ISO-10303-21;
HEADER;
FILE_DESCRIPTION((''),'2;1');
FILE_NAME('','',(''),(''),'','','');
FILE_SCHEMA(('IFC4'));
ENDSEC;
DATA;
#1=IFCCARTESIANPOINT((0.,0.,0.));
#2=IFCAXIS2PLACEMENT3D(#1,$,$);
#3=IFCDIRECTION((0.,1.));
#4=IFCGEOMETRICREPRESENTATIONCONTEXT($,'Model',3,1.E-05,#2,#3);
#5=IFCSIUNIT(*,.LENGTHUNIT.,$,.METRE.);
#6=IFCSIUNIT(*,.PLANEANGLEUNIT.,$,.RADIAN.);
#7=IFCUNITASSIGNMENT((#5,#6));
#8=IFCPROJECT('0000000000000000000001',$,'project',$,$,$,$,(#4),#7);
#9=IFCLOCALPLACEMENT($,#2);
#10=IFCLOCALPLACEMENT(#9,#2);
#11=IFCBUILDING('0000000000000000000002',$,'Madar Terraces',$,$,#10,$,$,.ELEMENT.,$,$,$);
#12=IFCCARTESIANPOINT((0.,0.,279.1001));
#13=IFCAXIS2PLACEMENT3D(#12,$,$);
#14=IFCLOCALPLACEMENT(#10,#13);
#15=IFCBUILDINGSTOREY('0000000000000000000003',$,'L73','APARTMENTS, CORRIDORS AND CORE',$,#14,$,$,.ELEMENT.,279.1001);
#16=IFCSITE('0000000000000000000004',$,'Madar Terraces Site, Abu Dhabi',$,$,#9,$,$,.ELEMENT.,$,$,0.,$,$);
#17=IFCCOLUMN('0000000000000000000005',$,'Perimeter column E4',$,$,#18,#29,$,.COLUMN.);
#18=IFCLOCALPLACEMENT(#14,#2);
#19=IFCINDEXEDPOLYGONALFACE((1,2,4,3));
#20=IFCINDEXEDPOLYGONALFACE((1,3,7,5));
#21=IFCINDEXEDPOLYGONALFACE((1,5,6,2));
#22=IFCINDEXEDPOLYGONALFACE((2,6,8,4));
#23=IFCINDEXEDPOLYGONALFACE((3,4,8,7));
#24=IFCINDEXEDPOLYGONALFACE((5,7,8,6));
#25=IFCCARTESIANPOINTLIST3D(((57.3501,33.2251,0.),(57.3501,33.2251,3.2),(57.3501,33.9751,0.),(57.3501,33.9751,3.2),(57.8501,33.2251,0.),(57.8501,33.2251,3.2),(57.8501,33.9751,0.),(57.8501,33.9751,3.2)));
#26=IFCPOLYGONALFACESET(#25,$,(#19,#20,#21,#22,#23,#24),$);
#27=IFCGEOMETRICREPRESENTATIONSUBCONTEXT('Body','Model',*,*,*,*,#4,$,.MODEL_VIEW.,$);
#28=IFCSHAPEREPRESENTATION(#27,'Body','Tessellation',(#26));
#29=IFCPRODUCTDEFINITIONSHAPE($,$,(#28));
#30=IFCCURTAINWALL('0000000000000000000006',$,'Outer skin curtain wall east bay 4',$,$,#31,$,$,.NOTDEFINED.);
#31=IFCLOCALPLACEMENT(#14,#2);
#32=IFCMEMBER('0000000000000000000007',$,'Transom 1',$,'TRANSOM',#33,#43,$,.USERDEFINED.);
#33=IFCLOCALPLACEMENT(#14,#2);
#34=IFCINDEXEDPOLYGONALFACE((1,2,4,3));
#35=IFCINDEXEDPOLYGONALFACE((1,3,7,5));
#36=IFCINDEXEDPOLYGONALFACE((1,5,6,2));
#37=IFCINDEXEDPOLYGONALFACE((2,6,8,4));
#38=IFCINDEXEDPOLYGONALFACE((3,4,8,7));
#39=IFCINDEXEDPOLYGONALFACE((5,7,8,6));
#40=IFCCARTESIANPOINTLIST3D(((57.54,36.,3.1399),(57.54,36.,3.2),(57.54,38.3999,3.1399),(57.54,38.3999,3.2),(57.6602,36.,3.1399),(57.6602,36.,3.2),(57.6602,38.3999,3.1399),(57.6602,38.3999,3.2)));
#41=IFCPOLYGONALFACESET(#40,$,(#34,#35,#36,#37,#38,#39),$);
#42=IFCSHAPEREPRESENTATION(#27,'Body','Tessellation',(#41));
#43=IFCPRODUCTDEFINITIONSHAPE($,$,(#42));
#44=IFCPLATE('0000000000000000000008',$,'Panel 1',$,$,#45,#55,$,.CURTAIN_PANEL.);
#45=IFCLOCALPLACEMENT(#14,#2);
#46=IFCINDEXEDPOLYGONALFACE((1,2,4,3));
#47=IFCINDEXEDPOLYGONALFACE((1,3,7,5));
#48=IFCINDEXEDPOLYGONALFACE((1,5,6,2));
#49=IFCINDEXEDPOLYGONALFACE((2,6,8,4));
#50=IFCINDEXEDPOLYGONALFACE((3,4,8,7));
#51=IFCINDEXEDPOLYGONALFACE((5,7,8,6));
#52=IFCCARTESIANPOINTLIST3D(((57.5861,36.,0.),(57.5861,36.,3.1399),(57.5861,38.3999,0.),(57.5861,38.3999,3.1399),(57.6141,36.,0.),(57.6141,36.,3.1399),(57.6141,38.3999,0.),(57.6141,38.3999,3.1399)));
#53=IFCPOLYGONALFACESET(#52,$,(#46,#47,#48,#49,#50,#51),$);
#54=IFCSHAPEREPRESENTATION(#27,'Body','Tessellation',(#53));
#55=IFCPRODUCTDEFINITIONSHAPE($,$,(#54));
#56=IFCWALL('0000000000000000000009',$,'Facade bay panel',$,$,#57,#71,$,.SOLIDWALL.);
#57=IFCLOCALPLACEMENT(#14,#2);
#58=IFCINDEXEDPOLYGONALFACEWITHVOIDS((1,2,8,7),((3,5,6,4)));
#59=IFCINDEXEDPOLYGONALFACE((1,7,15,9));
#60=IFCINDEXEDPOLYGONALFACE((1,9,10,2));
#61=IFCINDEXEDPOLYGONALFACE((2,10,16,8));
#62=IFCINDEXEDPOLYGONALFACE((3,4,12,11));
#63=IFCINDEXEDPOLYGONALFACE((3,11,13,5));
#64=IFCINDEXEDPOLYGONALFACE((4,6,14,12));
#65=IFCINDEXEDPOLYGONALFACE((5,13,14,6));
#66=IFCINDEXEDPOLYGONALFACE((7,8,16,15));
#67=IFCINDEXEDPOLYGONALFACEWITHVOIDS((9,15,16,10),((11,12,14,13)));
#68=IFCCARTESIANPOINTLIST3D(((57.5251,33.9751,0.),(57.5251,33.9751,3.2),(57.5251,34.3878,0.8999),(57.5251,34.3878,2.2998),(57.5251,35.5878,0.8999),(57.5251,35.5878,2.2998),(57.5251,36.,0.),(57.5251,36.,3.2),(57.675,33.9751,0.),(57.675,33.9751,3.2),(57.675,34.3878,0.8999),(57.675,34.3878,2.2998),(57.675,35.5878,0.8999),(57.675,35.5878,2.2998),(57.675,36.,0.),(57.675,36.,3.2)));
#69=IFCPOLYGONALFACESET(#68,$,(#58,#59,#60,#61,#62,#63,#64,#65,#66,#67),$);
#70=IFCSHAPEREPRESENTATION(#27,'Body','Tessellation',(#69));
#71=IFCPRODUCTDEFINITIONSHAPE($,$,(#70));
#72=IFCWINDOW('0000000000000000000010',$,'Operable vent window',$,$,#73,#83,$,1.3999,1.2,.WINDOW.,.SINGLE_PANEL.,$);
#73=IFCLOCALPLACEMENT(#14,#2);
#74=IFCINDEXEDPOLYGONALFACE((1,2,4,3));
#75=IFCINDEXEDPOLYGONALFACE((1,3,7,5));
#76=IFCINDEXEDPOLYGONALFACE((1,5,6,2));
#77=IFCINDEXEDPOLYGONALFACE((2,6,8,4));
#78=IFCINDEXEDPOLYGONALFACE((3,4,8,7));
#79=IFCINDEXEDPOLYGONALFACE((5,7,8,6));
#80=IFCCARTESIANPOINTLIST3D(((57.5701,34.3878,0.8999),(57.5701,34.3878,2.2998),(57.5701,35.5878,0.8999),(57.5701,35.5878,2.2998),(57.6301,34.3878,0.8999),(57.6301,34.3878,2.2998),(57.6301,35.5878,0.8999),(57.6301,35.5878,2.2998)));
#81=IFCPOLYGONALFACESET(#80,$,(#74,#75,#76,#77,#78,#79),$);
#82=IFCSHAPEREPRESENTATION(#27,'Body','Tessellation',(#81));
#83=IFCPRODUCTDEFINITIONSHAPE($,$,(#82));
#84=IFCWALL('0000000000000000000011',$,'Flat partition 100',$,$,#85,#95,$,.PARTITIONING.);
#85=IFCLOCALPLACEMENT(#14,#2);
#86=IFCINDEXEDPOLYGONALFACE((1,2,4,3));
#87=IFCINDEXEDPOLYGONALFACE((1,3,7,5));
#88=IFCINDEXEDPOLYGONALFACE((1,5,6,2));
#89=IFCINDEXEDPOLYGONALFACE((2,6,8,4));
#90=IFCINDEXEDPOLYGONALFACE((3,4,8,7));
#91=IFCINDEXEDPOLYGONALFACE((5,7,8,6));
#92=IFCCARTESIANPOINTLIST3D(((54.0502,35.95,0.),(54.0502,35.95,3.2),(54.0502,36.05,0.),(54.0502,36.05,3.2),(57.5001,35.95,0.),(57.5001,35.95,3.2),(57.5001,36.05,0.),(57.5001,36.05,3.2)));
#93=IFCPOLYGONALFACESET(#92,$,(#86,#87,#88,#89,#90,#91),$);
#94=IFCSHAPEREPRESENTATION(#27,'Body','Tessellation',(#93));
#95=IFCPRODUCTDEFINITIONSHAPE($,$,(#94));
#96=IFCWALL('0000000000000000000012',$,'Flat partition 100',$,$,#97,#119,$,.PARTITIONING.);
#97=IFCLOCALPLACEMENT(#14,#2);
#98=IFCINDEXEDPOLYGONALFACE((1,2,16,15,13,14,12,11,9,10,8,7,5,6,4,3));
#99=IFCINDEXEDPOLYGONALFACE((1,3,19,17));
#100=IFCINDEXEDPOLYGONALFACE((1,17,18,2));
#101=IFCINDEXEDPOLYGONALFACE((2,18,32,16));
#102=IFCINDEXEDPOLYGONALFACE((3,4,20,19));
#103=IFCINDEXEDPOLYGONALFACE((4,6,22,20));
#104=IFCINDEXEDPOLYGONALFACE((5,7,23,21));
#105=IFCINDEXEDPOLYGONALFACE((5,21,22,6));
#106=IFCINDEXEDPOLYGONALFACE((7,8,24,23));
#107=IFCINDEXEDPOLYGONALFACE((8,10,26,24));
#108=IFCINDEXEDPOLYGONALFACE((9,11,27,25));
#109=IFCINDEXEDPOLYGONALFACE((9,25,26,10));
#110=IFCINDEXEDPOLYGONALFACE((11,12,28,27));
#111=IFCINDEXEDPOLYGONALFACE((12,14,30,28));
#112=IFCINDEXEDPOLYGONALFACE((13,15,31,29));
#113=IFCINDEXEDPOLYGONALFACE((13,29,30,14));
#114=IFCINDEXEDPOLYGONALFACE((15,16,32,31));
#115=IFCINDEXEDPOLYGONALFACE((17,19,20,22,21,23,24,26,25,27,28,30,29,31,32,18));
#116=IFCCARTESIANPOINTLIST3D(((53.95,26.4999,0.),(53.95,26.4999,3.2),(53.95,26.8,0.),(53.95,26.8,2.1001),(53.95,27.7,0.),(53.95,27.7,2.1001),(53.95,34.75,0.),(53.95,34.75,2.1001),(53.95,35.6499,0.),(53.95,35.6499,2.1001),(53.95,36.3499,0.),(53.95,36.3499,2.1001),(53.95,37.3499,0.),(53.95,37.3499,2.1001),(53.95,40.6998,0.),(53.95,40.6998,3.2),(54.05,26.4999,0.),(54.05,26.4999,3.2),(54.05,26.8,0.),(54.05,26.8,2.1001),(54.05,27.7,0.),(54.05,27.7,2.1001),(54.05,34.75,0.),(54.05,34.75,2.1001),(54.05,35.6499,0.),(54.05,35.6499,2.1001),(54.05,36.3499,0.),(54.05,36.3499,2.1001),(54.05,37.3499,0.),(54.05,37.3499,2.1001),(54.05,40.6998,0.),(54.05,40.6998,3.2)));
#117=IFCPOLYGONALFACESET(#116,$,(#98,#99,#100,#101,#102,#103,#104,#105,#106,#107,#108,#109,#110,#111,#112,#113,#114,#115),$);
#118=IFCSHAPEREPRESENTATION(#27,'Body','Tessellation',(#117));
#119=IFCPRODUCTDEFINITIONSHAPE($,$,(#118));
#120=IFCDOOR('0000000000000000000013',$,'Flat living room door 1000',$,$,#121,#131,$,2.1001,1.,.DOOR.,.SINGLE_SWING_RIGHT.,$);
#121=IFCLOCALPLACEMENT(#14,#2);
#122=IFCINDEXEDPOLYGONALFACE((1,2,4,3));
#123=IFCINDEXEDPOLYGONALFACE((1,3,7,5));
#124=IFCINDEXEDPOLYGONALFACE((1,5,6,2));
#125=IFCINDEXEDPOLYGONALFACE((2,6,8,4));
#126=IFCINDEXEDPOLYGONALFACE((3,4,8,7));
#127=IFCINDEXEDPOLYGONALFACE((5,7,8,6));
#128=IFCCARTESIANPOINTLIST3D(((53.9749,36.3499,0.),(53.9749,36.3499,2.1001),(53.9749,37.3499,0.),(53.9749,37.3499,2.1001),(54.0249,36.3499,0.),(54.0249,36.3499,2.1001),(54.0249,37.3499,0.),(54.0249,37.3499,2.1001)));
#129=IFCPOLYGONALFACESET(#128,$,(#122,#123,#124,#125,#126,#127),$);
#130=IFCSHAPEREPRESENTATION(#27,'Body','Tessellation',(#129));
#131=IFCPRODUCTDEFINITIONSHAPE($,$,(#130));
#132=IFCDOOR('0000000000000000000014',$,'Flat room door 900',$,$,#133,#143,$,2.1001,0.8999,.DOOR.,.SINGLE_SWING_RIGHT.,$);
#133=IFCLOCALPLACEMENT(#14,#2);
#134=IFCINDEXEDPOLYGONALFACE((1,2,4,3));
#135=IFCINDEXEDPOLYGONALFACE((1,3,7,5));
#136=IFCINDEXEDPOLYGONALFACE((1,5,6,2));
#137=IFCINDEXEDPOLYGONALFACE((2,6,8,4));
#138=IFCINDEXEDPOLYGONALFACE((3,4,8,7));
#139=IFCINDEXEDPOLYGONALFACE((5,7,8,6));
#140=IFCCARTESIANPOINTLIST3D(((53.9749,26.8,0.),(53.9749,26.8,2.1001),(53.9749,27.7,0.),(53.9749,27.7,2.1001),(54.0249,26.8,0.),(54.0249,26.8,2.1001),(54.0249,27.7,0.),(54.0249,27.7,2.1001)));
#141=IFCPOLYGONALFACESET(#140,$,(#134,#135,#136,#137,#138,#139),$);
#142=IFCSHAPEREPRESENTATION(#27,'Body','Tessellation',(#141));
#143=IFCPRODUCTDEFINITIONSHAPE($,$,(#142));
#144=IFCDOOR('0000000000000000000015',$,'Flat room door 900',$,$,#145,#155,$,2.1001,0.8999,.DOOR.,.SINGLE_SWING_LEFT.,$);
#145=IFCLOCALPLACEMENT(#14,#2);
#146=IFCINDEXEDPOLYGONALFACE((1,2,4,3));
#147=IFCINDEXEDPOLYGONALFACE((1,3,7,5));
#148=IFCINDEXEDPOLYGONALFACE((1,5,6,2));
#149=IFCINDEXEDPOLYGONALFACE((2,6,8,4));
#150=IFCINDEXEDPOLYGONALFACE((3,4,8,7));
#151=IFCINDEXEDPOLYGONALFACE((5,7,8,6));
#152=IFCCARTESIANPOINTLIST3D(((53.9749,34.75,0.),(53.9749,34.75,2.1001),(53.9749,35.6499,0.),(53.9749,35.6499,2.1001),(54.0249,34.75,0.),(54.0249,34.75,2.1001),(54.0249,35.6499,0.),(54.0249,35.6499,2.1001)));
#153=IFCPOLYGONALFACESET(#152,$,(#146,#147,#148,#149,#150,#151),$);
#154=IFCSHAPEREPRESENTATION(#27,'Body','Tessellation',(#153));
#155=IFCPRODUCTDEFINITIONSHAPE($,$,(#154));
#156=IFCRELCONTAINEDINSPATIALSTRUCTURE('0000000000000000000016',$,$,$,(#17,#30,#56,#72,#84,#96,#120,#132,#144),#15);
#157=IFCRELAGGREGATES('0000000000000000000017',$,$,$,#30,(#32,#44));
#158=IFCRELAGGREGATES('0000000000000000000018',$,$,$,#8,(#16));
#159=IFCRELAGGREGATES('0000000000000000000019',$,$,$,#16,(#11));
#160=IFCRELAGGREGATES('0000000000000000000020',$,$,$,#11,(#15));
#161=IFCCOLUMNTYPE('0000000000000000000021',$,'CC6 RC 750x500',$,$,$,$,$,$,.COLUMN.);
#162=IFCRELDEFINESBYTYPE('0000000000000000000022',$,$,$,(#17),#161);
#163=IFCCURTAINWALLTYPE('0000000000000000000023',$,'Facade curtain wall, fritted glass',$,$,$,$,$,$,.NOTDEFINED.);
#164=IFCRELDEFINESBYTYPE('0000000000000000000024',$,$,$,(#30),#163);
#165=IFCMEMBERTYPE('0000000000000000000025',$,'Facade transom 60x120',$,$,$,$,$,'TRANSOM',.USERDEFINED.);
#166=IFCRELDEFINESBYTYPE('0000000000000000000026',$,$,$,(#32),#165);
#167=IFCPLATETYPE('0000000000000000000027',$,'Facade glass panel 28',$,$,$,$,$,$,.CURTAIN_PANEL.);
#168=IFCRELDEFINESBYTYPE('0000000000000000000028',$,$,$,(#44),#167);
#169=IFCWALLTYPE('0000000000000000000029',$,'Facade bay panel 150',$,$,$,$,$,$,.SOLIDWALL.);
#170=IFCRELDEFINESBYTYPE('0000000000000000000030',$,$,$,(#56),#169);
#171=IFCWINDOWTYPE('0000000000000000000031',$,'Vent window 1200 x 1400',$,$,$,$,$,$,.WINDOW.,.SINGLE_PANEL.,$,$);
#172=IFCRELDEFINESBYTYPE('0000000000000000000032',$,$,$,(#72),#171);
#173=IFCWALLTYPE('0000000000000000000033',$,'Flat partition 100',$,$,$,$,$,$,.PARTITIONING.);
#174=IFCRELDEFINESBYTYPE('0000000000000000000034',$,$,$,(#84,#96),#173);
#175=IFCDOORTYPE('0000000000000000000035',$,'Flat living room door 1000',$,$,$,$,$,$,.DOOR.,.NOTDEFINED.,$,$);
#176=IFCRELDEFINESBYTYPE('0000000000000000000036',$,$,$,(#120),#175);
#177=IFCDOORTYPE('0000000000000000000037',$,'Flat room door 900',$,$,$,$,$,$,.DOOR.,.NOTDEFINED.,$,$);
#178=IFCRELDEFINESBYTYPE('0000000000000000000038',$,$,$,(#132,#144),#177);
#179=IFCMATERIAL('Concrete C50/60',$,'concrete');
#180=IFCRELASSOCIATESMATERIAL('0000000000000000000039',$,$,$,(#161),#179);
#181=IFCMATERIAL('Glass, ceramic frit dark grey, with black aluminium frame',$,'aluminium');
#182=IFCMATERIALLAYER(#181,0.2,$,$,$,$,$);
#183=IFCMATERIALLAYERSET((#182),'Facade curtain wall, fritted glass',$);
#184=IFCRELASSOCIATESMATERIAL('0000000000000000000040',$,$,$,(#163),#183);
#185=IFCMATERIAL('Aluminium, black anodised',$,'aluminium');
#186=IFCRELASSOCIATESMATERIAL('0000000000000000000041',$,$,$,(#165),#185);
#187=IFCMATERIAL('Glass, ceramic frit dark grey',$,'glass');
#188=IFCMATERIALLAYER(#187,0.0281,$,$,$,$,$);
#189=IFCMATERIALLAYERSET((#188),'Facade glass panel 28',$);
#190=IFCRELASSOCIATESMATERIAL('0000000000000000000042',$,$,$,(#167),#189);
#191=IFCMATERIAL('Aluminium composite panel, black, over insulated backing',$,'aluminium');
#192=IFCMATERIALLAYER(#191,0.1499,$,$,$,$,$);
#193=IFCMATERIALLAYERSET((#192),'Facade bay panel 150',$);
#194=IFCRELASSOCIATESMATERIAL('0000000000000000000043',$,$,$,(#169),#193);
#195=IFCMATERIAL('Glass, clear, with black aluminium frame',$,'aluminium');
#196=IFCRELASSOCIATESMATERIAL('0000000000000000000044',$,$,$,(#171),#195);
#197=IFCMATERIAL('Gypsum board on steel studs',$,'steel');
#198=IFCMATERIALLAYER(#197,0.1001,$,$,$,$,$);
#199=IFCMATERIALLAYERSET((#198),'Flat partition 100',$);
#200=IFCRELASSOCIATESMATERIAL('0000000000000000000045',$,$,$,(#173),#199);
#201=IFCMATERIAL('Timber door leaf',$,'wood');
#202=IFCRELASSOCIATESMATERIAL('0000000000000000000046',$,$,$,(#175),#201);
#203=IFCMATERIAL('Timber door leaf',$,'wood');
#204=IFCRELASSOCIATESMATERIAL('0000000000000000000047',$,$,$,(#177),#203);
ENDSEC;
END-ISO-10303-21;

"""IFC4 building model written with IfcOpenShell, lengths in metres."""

from ifc_helpers import new_model, si_unit, direction, frame, frame_2d, origin, origin_2d, place, context, subcontext, project, spatial, rectangle, extrude, material, layer, layer_set, material_profile, profile_set, type_object, element, fill, aggregate, save


model = new_model("IFC4")

# Units and contexts
model_context = context("Model", 3, precision=1e-05, world=origin(), true_north=direction((0.0, 1.0)))
body_context = subcontext(model_context, "Body", "Model", "MODEL_VIEW")
ifc_project = project(units=[si_unit("LENGTHUNIT", "METRE"), si_unit("PLANEANGLEUNIT", "RADIAN")], contexts=[model_context])

# Site, building, storey
site_placement = place(None, origin())
site = spatial("IfcSite", under=ifc_project, at=site_placement, Name="Madar Terraces Site, Abu Dhabi", CompositionType="ELEMENT", RefElevation=0.0)
building_placement = place(site_placement, origin())
building = spatial("IfcBuilding", under=site, at=building_placement, Name="Madar Terraces", CompositionType="ELEMENT")
storey_placement = place(building_placement, frame((0.0, 0.0, 279.1001)))
storey = spatial("IfcBuildingStorey", under=building, at=storey_placement, Name="L73", Description="APARTMENTS, CORRIDORS AND CORE", CompositionType="ELEMENT", Elevation=279.1001)

# Column
ifc_material_1 = material(Name="Concrete C50/60", Category="concrete")
ifc_material_profile_1 = material_profile(ifc_material_1, rectangle(XDim=0.75, YDim=0.5, at=origin_2d()), Name="CC6 RC 750x500")
ifc_profile_set_1 = profile_set([ifc_material_profile_1], Name="Concrete C50/60")
column_type = type_object("IfcColumnType", Name="CC6 RC 750x500", PredefinedType="COLUMN", material=ifc_profile_set_1)
column_placement = place(storey_placement, frame((57.6001, 33.6001, 0.0), z_axis=(0.0, 0.0, 1.0), x_axis=(0.0, 1.0, 0.0)))
element("IfcColumn", 1, at=column_placement, inside=storey, type_object=column_type, Name="Perimeter column E4", PredefinedType="COLUMN", context=body_context, shape_type="SweptSolid", body=[
    extrude(rectangle(XDim=0.75, YDim=0.5, at=origin_2d()), origin(), (0.0, 0.0, 1.0), 3.2),
])

# Curtain wall, member, plate
ifc_material_2 = material(Name="Glass, ceramic frit dark grey, with black aluminium frame", Category="aluminium")
ifc_layer_1 = layer(ifc_material_2, 0.2)
ifc_layer_set_1 = layer_set([ifc_layer_1], Name="Facade curtain wall, fritted glass")
curtain_wall_type = type_object("IfcCurtainWallType", Name="Facade curtain wall, fritted glass", PredefinedType="NOTDEFINED", material=ifc_layer_set_1)
curtain_wall_placement = place(storey_placement, origin())
curtain_wall = element("IfcCurtainWall", 2, at=curtain_wall_placement, inside=storey, type_object=curtain_wall_type, Name="Outer skin curtain wall east bay 4", PredefinedType="NOTDEFINED")
ifc_material_3 = material(Name="Aluminium, black anodised", Category="aluminium")
ifc_material_profile_2 = material_profile(ifc_material_3, rectangle(XDim=0.1201, YDim=0.0601, at=origin_2d()), Name="Facade transom 60x120")
ifc_profile_set_2 = profile_set([ifc_material_profile_2], Name="Aluminium, black anodised")
member_type = type_object("IfcMemberType", Name="Facade transom 60x120", ElementType="TRANSOM", PredefinedType="USERDEFINED", material=ifc_profile_set_2)
member_placement = place(storey_placement, frame((57.6001, 36.0, 3.1699), z_axis=(0.0, 1.0, 0.0), x_axis=(-1.0, 0.0, 0.0)))
member = element("IfcMember", 3, at=member_placement, type_object=member_type, Name="Transom 1", ObjectType="TRANSOM", PredefinedType="USERDEFINED", context=body_context, shape_type="SweptSolid", body=[
    extrude(rectangle(XDim=0.1201, YDim=0.0601, at=origin_2d()), origin(), (0.0, 0.0, 1.0), 2.3999),
])
ifc_material_4 = material(Name="Glass, ceramic frit dark grey", Category="glass")
ifc_layer_2 = layer(ifc_material_4, 0.0281)
ifc_layer_set_2 = layer_set([ifc_layer_2], Name="Facade glass panel 28")
plate_type = type_object("IfcPlateType", Name="Facade glass panel 28", PredefinedType="CURTAIN_PANEL", material=ifc_layer_set_2)
plate_placement = place(storey_placement, frame((57.6001, 37.2, 0.0), z_axis=(0.0, 0.0, 1.0), x_axis=(0.0, 1.0, 0.0)))
plate = element("IfcPlate", 4, at=plate_placement, type_object=plate_type, Name="Panel 1", PredefinedType="CURTAIN_PANEL", context=body_context, shape_type="SweptSolid", body=[
    extrude(rectangle(XDim=2.3999, YDim=0.0281, at=origin_2d()), origin(), (0.0, 0.0, 1.0), 3.1399),
])
aggregate(curtain_wall, [member, plate])

# Wall, opening, window
ifc_material_5 = material(Name="Aluminium composite panel, black, over insulated backing", Category="aluminium")
ifc_layer_3 = layer(ifc_material_5, 0.1499)
ifc_layer_set_3 = layer_set([ifc_layer_3], Name="Facade bay panel 150")
wall_type_1 = type_object("IfcWallType", Name="Facade bay panel 150", PredefinedType="SOLIDWALL", material=ifc_layer_set_3)
wall_1_placement = place(storey_placement, frame((57.6001, 33.9751, 0.0), z_axis=(0.0, 0.0, 1.0), x_axis=(0.0, 1.0, 0.0)))
wall_1 = element("IfcWall", 5, at=wall_1_placement, inside=storey, type_object=wall_type_1, Name="Facade bay panel", PredefinedType="SOLIDWALL", context=body_context, shape_type="SweptSolid", body=[
    extrude(rectangle(XDim=2.0249, YDim=0.1499, at=frame_2d((1.0125, 0.0))), origin(), (0.0, 0.0, 1.0), 3.2),
])
opening_1_placement = place(wall_1_placement, frame((0.4126, 0.0, 0.8999)))
opening_1 = element("IfcOpeningElement", 6, at=opening_1_placement, cuts=wall_1, PredefinedType="OPENING", context=body_context, shape_type="SweptSolid", body=[
    extrude(rectangle(XDim=1.2, YDim=1.3999, at=frame_2d((0.6001, 0.7))), frame((0.0, 0.085, 0.0), z_axis=(0.0, -1.0, 0.0), x_axis=(1.0, 0.0, 0.0)), (0.0, 0.0, 1.0), 0.1699),
])
ifc_material_6 = material(Name="Glass, clear, with black aluminium frame", Category="aluminium")
window_type = type_object("IfcWindowType", Name="Vent window 1200 x 1400", PartitioningType="SINGLE_PANEL", PredefinedType="WINDOW", material=ifc_material_6)
window_placement = place(opening_1_placement, origin())
window = element("IfcWindow", 7, at=window_placement, inside=storey, type_object=window_type, Name="Operable vent window", OverallHeight=1.3999, OverallWidth=1.2, PartitioningType="SINGLE_PANEL", PredefinedType="WINDOW", context=body_context, shape_type="SweptSolid", body=[
    extrude(rectangle(XDim=1.2, YDim=1.3999, at=frame_2d((0.6001, 0.7))), frame((0.0, 0.03, 0.0), z_axis=(0.0, -1.0, 0.0), x_axis=(1.0, 0.0, 0.0)), (0.0, 0.0, 1.0), 0.0601),
])
fill(opening_1, window)

# Wall
ifc_material_7 = material(Name="Gypsum board on steel studs", Category="steel")
ifc_layer_4 = layer(ifc_material_7, 0.1001)
ifc_layer_set_4 = layer_set([ifc_layer_4], Name="Flat partition 100")
wall_type_2 = type_object("IfcWallType", Name="Flat partition 100", PredefinedType="PARTITIONING", material=ifc_layer_set_4)
wall_2_placement = place(storey_placement, frame((54.05, 36.0, 0.0), z_axis=(0.0, 0.0, 1.0), x_axis=(1.0, 0.0, 0.0)))
element("IfcWall", 8, at=wall_2_placement, inside=storey, type_object=wall_type_2, Name="Flat partition 100", PredefinedType="PARTITIONING", context=body_context, shape_type="SweptSolid", body=[
    extrude(rectangle(XDim=3.45, YDim=0.1001, at=frame_2d((1.7251, 0.0))), origin(), (0.0, 0.0, 1.0), 3.2),
])

# Wall, openings, doors
wall_3_placement = place(storey_placement, frame((54.0, 40.7, 0.0), z_axis=(0.0, 0.0, 1.0), x_axis=(0.0, -1.0, 0.0)))
wall_3 = element("IfcWall", 9, at=wall_3_placement, inside=storey, type_object=wall_type_2, Name="Flat partition 100", PredefinedType="PARTITIONING", context=body_context, shape_type="SweptSolid", body=[
    extrude(rectangle(XDim=14.2, YDim=0.1001, at=frame_2d((7.1001, 0.0))), origin(), (0.0, 0.0, 1.0), 3.2),
])
opening_2_placement = place(wall_3_placement, frame((13.0, 0.0, 0.0)))
opening_2 = element("IfcOpeningElement", 10, at=opening_2_placement, cuts=wall_3, PredefinedType="OPENING", context=body_context, shape_type="SweptSolid", body=[
    extrude(rectangle(XDim=0.8999, YDim=2.1001, at=frame_2d((0.45, 1.05))), frame((0.0, 0.0601, 0.0), z_axis=(0.0, -1.0, 0.0), x_axis=(1.0, 0.0, 0.0)), (0.0, 0.0, 1.0), 0.1201),
])
opening_3_placement = place(wall_3_placement, frame((5.05, 0.0, 0.0)))
opening_3 = element("IfcOpeningElement", 11, at=opening_3_placement, cuts=wall_3, PredefinedType="OPENING", context=body_context, shape_type="SweptSolid", body=[
    extrude(rectangle(XDim=0.8999, YDim=2.1001, at=frame_2d((0.45, 1.05))), frame((0.0, 0.0601, 0.0), z_axis=(0.0, -1.0, 0.0), x_axis=(1.0, 0.0, 0.0)), (0.0, 0.0, 1.0), 0.1201),
])
opening_4_placement = place(wall_3_placement, frame((3.3501, 0.0, 0.0)))
opening_4 = element("IfcOpeningElement", 12, at=opening_4_placement, cuts=wall_3, PredefinedType="OPENING", context=body_context, shape_type="SweptSolid", body=[
    extrude(rectangle(XDim=1.0, YDim=2.1001, at=frame_2d((0.5, 1.05))), frame((0.0, 0.0601, 0.0), z_axis=(0.0, -1.0, 0.0), x_axis=(1.0, 0.0, 0.0)), (0.0, 0.0, 1.0), 0.1201),
])
ifc_material_8 = material(Name="Timber door leaf", Category="wood")
door_type_1 = type_object("IfcDoorType", Name="Flat living room door 1000", OperationType="NOTDEFINED", PredefinedType="DOOR", material=ifc_material_8)
door_1_placement = place(opening_4_placement, origin())
door_1 = element("IfcDoor", 13, at=door_1_placement, inside=storey, type_object=door_type_1, Name="Flat living room door 1000", OperationType="SINGLE_SWING_RIGHT", OverallHeight=2.1001, OverallWidth=1.0, PredefinedType="DOOR", context=body_context, shape_type="SweptSolid", body=[
    extrude(rectangle(XDim=1.0, YDim=2.1001, at=frame_2d((0.5, 1.05))), frame((0.0, 0.0249, 0.0), z_axis=(0.0, -1.0, 0.0), x_axis=(1.0, 0.0, 0.0)), (0.0, 0.0, 1.0), 0.05),
])
fill(opening_4, door_1)
ifc_material_9 = material(Name="Timber door leaf", Category="wood")
door_type_2 = type_object("IfcDoorType", Name="Flat room door 900", OperationType="NOTDEFINED", PredefinedType="DOOR", material=ifc_material_9)
door_2_placement = place(opening_2_placement, origin())
door_2 = element("IfcDoor", 14, at=door_2_placement, inside=storey, type_object=door_type_2, Name="Flat room door 900", OperationType="SINGLE_SWING_RIGHT", OverallHeight=2.1001, OverallWidth=0.8999, PredefinedType="DOOR", context=body_context, shape_type="SweptSolid", body=[
    extrude(rectangle(XDim=0.8999, YDim=2.1001, at=frame_2d((0.45, 1.05))), frame((0.0, 0.0249, 0.0), z_axis=(0.0, -1.0, 0.0), x_axis=(1.0, 0.0, 0.0)), (0.0, 0.0, 1.0), 0.05),
])
fill(opening_2, door_2)
door_3_placement = place(opening_3_placement, origin())
door_3 = element("IfcDoor", 15, at=door_3_placement, inside=storey, type_object=door_type_2, Name="Flat room door 900", OperationType="SINGLE_SWING_LEFT", OverallHeight=2.1001, OverallWidth=0.8999, PredefinedType="DOOR", context=body_context, shape_type="SweptSolid", body=[
    extrude(rectangle(XDim=0.8999, YDim=2.1001, at=frame_2d((0.45, 1.05))), frame((0.0, 0.0249, 0.0), z_axis=(0.0, -1.0, 0.0), x_axis=(1.0, 0.0, 0.0)), (0.0, 0.0, 1.0), 0.05),
])
fill(opening_3, door_3)

save(model, "model.ifc")
